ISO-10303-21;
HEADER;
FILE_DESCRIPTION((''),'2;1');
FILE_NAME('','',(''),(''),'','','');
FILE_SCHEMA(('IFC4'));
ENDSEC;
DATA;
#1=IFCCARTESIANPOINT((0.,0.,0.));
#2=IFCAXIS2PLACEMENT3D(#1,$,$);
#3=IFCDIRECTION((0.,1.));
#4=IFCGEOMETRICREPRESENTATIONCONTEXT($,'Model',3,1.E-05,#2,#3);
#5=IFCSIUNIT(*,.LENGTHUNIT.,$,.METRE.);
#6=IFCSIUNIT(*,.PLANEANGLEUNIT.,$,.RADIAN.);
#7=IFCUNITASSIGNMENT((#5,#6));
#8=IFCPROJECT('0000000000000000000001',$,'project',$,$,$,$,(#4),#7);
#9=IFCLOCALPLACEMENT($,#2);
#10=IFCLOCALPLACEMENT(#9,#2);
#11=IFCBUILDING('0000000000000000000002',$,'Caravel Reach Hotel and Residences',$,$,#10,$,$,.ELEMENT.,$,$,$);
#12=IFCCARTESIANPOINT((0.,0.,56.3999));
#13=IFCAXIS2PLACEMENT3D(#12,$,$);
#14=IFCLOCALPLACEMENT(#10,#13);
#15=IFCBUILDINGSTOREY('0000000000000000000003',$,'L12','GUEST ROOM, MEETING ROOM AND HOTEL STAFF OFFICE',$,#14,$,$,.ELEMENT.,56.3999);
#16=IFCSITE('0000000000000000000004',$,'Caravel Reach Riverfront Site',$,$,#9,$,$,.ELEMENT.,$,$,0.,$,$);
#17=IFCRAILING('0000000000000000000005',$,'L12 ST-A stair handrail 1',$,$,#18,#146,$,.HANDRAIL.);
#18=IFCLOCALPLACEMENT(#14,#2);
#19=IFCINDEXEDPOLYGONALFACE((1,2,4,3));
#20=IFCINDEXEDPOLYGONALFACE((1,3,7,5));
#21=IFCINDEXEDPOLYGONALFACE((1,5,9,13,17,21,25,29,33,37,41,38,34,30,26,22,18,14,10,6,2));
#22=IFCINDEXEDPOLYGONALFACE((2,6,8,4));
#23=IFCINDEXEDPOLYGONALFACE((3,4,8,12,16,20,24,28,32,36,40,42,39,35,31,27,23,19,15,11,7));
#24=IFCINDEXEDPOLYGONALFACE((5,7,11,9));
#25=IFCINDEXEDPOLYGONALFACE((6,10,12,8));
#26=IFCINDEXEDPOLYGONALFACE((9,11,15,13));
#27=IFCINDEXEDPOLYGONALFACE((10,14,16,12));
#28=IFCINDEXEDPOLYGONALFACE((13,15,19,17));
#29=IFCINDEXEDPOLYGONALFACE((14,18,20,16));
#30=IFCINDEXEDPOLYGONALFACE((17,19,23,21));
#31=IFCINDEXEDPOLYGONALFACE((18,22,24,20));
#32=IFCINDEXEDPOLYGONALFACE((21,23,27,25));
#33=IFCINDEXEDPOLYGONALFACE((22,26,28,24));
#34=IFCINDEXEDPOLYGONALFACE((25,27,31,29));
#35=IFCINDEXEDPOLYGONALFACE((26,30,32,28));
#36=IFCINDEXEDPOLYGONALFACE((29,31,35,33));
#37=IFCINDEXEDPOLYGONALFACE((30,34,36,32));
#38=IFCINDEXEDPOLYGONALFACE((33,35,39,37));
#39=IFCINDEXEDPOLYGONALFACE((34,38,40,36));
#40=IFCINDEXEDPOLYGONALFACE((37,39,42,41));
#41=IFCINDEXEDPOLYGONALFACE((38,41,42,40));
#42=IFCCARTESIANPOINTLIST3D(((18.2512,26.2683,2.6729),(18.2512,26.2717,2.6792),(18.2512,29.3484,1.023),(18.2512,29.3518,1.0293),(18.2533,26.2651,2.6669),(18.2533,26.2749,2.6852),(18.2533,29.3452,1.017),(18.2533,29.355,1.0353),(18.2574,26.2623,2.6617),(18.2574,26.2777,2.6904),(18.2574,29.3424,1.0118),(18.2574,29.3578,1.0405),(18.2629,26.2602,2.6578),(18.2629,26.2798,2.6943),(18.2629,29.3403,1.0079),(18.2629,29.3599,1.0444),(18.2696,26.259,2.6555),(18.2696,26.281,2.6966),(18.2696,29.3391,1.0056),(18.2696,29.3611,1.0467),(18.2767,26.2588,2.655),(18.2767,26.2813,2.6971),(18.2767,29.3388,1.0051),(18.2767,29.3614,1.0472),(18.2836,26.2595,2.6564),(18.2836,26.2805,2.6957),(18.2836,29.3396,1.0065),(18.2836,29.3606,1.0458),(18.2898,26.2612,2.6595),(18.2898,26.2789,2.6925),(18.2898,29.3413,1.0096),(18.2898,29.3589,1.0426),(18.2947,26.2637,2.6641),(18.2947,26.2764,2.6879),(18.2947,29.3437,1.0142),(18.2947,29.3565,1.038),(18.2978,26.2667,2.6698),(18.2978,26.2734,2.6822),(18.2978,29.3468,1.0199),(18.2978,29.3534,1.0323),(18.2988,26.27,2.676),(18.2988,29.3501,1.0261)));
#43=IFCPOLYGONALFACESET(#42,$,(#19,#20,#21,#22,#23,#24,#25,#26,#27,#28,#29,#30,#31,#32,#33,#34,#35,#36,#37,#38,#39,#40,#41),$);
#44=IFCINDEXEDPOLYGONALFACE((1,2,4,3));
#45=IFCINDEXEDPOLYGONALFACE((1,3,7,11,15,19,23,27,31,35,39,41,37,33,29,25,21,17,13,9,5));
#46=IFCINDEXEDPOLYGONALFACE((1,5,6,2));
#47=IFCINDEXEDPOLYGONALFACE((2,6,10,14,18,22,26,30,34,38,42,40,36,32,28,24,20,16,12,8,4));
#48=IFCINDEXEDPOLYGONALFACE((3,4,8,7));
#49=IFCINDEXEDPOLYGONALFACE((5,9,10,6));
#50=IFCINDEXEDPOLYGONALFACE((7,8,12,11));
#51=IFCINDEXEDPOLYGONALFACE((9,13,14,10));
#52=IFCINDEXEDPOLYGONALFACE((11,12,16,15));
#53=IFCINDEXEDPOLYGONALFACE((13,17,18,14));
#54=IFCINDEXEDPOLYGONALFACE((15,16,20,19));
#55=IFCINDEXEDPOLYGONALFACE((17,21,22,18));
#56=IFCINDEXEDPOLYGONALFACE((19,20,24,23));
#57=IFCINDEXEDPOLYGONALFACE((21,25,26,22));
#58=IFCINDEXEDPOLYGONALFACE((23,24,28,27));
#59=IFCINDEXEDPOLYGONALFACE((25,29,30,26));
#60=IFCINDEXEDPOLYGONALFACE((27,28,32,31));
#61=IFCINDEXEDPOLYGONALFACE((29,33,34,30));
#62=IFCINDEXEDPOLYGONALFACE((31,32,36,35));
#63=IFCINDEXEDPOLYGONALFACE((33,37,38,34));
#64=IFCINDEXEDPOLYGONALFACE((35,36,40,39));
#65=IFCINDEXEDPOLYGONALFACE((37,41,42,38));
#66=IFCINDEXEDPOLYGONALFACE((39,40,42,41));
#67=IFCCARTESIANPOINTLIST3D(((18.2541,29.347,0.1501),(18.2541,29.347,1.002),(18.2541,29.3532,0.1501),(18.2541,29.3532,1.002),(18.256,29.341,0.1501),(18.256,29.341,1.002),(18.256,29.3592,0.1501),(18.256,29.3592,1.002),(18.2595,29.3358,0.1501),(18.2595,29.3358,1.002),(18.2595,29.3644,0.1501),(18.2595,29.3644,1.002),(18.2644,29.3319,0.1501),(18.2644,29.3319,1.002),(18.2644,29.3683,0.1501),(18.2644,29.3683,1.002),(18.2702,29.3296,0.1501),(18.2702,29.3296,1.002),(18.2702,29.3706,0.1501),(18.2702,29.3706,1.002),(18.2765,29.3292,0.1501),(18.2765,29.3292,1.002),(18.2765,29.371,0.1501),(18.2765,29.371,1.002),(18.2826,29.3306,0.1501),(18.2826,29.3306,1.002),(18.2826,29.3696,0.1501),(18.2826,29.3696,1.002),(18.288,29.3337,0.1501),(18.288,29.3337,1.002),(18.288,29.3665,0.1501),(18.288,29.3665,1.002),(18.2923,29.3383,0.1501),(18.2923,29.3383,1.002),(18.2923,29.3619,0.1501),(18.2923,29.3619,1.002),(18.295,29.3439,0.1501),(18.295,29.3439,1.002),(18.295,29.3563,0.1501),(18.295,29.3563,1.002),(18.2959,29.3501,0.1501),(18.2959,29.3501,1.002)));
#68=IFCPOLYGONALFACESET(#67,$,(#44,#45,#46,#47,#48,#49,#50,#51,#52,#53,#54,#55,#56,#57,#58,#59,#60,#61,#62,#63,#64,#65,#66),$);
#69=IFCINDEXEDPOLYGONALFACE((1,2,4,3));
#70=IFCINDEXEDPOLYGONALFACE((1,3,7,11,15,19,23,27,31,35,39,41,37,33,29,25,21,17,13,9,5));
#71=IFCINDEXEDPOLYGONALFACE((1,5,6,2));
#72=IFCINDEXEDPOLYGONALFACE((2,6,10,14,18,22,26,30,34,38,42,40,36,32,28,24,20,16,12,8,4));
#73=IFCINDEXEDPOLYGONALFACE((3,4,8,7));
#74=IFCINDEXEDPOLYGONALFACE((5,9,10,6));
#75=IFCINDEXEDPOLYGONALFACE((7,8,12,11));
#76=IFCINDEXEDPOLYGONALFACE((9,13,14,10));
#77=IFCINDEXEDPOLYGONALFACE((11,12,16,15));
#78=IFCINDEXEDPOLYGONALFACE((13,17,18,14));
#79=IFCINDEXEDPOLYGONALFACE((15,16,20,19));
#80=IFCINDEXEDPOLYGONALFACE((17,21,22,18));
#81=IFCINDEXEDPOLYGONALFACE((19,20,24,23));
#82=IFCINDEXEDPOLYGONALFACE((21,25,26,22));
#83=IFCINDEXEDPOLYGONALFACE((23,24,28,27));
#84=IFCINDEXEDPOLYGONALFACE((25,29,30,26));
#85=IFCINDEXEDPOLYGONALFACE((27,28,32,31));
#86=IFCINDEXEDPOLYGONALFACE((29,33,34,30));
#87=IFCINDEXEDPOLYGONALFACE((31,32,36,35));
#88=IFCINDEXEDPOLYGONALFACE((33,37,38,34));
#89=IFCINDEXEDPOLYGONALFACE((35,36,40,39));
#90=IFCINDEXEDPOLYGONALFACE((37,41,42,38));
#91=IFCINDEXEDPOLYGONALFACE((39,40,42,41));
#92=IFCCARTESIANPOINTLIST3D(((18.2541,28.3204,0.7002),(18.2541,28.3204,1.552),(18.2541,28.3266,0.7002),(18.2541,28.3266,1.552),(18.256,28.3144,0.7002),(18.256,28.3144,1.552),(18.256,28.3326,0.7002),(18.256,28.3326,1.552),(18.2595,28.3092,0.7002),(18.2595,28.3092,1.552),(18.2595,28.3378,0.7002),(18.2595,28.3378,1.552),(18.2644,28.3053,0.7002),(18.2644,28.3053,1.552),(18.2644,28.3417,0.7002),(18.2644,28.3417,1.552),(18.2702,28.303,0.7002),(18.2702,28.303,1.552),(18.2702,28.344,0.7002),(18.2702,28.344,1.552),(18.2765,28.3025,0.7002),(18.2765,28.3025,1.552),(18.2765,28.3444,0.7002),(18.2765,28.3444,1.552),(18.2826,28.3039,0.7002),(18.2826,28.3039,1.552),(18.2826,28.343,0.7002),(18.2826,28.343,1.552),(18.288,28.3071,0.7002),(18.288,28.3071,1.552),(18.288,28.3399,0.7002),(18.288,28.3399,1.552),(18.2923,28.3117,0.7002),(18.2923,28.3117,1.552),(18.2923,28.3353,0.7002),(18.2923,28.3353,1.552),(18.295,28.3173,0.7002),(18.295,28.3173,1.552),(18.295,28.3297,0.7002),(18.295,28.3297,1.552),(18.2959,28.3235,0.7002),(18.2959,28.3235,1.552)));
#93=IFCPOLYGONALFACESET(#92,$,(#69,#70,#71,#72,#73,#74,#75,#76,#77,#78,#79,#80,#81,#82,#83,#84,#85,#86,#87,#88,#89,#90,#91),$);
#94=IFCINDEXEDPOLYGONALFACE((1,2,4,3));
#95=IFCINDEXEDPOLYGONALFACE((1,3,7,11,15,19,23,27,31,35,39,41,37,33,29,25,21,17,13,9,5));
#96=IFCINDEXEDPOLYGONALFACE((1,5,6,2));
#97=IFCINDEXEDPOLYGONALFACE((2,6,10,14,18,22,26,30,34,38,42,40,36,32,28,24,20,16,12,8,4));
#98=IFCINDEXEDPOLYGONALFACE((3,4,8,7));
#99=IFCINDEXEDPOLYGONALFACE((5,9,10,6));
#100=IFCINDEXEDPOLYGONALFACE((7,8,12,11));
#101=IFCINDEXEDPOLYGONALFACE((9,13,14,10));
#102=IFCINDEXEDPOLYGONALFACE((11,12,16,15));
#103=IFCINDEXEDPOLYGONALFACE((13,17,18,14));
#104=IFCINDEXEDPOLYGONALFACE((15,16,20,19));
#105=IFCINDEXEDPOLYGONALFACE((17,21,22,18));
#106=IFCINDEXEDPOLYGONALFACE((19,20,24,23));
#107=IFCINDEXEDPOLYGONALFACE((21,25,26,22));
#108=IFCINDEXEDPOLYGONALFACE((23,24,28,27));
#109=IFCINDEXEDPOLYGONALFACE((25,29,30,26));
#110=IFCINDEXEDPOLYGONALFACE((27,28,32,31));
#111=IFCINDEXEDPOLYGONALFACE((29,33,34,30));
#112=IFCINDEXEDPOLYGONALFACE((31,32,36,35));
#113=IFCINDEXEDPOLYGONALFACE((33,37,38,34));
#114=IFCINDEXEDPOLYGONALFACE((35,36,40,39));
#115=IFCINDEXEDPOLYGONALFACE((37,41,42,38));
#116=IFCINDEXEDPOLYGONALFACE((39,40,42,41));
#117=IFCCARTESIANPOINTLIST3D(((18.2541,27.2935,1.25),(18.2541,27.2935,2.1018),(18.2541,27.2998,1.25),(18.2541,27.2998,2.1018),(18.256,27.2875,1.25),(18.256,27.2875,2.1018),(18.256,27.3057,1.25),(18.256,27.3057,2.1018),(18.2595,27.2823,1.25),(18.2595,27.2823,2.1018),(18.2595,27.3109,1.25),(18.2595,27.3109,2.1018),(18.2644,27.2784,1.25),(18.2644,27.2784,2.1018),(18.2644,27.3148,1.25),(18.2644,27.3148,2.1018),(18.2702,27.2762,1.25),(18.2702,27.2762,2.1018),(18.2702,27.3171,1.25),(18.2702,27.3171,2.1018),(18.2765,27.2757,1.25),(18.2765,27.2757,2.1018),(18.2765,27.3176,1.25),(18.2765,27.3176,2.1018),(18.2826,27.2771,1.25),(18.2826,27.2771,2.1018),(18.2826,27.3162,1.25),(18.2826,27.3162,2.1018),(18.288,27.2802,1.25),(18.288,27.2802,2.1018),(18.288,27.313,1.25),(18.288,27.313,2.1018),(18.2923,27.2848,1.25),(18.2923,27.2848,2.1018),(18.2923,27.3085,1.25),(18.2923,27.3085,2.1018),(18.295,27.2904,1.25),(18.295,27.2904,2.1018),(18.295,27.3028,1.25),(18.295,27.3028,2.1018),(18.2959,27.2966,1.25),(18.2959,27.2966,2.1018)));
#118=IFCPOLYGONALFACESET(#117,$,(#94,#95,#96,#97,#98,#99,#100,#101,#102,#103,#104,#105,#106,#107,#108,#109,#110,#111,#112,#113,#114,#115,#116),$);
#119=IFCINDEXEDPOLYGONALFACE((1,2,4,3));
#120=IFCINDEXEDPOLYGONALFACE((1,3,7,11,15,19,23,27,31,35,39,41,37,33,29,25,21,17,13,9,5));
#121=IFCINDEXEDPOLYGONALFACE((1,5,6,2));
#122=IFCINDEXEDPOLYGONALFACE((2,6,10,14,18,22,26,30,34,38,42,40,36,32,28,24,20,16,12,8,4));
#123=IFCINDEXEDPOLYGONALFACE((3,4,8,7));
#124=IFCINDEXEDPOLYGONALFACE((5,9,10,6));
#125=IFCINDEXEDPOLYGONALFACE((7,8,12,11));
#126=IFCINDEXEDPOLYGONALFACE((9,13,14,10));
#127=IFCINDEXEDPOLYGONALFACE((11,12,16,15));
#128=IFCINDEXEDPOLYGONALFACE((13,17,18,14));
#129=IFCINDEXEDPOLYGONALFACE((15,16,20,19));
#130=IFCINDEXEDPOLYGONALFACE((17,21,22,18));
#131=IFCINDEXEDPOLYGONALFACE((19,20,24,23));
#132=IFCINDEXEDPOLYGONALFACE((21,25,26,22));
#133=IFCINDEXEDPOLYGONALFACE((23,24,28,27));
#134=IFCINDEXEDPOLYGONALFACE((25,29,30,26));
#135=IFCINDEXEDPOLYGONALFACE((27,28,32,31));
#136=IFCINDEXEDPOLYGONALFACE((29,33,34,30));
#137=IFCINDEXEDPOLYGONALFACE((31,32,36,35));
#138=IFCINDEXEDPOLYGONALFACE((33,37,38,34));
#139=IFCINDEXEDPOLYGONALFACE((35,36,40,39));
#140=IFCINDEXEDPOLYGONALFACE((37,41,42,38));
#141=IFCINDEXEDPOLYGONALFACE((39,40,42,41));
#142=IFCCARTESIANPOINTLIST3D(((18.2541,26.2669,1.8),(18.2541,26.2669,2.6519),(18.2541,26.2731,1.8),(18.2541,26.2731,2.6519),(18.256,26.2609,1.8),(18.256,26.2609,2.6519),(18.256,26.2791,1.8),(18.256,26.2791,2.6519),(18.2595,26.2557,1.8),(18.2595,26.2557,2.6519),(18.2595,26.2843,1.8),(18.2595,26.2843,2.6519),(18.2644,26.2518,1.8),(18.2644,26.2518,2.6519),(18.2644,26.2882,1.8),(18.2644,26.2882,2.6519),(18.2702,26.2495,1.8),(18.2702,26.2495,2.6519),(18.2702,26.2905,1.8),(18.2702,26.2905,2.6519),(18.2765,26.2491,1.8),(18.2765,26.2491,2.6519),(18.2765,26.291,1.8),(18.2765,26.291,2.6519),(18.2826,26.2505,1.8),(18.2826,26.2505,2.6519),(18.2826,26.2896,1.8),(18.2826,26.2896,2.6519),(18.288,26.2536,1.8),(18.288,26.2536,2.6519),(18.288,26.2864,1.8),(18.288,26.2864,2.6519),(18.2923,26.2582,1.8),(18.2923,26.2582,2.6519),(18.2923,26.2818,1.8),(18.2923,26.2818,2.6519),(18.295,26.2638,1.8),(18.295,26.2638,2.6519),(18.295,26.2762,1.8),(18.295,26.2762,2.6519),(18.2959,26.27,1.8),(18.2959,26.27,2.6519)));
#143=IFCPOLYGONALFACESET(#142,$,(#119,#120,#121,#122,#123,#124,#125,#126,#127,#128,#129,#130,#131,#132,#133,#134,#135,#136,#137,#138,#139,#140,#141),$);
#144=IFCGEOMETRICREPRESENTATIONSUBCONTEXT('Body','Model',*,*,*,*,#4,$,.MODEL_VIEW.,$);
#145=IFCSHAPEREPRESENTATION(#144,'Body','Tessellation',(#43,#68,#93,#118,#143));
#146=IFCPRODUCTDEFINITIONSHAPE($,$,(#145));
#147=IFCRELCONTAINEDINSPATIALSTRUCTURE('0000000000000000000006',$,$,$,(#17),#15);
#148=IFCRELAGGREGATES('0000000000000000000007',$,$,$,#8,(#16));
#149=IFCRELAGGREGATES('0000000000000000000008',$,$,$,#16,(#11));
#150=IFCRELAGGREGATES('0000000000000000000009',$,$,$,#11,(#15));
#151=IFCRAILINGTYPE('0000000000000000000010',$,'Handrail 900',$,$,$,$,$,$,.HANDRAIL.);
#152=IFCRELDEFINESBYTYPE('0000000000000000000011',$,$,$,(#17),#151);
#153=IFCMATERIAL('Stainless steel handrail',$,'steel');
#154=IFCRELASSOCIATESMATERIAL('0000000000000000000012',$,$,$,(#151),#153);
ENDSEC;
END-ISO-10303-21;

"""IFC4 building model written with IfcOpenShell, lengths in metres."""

from ifc_helpers import new_model, si_unit, direction, frame, origin, origin_2d, place, context, subcontext, project, spatial, circle, extrude, material, type_object, element, save


model = new_model("IFC4")

# Units and contexts
model_context = context("Model", 3, precision=1e-05, world=origin(), true_north=direction((0.0, 1.0)))
body_context = subcontext(model_context, "Body", "Model", "MODEL_VIEW")
ifc_project = project(units=[si_unit("LENGTHUNIT", "METRE"), si_unit("PLANEANGLEUNIT", "RADIAN")], contexts=[model_context])

# Site, building, storey
site_placement = place(None, origin())
site = spatial("IfcSite", under=ifc_project, at=site_placement, Name="Caravel Reach Riverfront Site", CompositionType="ELEMENT", RefElevation=0.0)
building_placement = place(site_placement, origin())
building = spatial("IfcBuilding", under=site, at=building_placement, Name="Caravel Reach Hotel and Residences", CompositionType="ELEMENT")
storey_placement = place(building_placement, frame((0.0, 0.0, 56.3999)))
storey = spatial("IfcBuildingStorey", under=building, at=storey_placement, Name="L12", Description="GUEST ROOM, MEETING ROOM AND HOTEL STAFF OFFICE", CompositionType="ELEMENT", Elevation=56.3999)

# Railing
ifc_material_1 = material(Name="Stainless steel handrail", Category="steel")
railing_type_1 = type_object("IfcRailingType", Name="Handrail 900", PredefinedType="HANDRAIL", material=ifc_material_1)
railing_1_placement = place(storey_placement, frame((18.2749, 29.3501, 0.1501)))
element("IfcRailing", 1, at=railing_1_placement, inside=storey, type_object=railing_type_1, Name="L12 ST-A stair handrail 1", PredefinedType="HANDRAIL", context=body_context, shape_type="SweptSolid", body=[
    extrude(circle(Radius=0.0239, at=origin_2d()), frame((0.0, 0.0, 0.876), z_axis=(0.0, -0.881497, 0.47219), x_axis=(1.0, 0.0, 0.0)), (0.0, 0.0, 1.0), 3.4941),
    extrude(circle(Radius=0.021, at=origin_2d()), origin(), (0.0, 0.0, 1.0), 0.8518),
    extrude(circle(Radius=0.021, at=origin_2d()), frame((0.0, -1.0266, 0.55)), (0.0, 0.0, 1.0), 0.8518),
    extrude(circle(Radius=0.021, at=origin_2d()), frame((0.0, -2.0535, 1.0999)), (0.0, 0.0, 1.0), 0.8518),
    extrude(circle(Radius=0.021, at=origin_2d()), frame((0.0, -3.0801, 1.6499)), (0.0, 0.0, 1.0), 0.8518),
])

save(model, "model.ifc")
